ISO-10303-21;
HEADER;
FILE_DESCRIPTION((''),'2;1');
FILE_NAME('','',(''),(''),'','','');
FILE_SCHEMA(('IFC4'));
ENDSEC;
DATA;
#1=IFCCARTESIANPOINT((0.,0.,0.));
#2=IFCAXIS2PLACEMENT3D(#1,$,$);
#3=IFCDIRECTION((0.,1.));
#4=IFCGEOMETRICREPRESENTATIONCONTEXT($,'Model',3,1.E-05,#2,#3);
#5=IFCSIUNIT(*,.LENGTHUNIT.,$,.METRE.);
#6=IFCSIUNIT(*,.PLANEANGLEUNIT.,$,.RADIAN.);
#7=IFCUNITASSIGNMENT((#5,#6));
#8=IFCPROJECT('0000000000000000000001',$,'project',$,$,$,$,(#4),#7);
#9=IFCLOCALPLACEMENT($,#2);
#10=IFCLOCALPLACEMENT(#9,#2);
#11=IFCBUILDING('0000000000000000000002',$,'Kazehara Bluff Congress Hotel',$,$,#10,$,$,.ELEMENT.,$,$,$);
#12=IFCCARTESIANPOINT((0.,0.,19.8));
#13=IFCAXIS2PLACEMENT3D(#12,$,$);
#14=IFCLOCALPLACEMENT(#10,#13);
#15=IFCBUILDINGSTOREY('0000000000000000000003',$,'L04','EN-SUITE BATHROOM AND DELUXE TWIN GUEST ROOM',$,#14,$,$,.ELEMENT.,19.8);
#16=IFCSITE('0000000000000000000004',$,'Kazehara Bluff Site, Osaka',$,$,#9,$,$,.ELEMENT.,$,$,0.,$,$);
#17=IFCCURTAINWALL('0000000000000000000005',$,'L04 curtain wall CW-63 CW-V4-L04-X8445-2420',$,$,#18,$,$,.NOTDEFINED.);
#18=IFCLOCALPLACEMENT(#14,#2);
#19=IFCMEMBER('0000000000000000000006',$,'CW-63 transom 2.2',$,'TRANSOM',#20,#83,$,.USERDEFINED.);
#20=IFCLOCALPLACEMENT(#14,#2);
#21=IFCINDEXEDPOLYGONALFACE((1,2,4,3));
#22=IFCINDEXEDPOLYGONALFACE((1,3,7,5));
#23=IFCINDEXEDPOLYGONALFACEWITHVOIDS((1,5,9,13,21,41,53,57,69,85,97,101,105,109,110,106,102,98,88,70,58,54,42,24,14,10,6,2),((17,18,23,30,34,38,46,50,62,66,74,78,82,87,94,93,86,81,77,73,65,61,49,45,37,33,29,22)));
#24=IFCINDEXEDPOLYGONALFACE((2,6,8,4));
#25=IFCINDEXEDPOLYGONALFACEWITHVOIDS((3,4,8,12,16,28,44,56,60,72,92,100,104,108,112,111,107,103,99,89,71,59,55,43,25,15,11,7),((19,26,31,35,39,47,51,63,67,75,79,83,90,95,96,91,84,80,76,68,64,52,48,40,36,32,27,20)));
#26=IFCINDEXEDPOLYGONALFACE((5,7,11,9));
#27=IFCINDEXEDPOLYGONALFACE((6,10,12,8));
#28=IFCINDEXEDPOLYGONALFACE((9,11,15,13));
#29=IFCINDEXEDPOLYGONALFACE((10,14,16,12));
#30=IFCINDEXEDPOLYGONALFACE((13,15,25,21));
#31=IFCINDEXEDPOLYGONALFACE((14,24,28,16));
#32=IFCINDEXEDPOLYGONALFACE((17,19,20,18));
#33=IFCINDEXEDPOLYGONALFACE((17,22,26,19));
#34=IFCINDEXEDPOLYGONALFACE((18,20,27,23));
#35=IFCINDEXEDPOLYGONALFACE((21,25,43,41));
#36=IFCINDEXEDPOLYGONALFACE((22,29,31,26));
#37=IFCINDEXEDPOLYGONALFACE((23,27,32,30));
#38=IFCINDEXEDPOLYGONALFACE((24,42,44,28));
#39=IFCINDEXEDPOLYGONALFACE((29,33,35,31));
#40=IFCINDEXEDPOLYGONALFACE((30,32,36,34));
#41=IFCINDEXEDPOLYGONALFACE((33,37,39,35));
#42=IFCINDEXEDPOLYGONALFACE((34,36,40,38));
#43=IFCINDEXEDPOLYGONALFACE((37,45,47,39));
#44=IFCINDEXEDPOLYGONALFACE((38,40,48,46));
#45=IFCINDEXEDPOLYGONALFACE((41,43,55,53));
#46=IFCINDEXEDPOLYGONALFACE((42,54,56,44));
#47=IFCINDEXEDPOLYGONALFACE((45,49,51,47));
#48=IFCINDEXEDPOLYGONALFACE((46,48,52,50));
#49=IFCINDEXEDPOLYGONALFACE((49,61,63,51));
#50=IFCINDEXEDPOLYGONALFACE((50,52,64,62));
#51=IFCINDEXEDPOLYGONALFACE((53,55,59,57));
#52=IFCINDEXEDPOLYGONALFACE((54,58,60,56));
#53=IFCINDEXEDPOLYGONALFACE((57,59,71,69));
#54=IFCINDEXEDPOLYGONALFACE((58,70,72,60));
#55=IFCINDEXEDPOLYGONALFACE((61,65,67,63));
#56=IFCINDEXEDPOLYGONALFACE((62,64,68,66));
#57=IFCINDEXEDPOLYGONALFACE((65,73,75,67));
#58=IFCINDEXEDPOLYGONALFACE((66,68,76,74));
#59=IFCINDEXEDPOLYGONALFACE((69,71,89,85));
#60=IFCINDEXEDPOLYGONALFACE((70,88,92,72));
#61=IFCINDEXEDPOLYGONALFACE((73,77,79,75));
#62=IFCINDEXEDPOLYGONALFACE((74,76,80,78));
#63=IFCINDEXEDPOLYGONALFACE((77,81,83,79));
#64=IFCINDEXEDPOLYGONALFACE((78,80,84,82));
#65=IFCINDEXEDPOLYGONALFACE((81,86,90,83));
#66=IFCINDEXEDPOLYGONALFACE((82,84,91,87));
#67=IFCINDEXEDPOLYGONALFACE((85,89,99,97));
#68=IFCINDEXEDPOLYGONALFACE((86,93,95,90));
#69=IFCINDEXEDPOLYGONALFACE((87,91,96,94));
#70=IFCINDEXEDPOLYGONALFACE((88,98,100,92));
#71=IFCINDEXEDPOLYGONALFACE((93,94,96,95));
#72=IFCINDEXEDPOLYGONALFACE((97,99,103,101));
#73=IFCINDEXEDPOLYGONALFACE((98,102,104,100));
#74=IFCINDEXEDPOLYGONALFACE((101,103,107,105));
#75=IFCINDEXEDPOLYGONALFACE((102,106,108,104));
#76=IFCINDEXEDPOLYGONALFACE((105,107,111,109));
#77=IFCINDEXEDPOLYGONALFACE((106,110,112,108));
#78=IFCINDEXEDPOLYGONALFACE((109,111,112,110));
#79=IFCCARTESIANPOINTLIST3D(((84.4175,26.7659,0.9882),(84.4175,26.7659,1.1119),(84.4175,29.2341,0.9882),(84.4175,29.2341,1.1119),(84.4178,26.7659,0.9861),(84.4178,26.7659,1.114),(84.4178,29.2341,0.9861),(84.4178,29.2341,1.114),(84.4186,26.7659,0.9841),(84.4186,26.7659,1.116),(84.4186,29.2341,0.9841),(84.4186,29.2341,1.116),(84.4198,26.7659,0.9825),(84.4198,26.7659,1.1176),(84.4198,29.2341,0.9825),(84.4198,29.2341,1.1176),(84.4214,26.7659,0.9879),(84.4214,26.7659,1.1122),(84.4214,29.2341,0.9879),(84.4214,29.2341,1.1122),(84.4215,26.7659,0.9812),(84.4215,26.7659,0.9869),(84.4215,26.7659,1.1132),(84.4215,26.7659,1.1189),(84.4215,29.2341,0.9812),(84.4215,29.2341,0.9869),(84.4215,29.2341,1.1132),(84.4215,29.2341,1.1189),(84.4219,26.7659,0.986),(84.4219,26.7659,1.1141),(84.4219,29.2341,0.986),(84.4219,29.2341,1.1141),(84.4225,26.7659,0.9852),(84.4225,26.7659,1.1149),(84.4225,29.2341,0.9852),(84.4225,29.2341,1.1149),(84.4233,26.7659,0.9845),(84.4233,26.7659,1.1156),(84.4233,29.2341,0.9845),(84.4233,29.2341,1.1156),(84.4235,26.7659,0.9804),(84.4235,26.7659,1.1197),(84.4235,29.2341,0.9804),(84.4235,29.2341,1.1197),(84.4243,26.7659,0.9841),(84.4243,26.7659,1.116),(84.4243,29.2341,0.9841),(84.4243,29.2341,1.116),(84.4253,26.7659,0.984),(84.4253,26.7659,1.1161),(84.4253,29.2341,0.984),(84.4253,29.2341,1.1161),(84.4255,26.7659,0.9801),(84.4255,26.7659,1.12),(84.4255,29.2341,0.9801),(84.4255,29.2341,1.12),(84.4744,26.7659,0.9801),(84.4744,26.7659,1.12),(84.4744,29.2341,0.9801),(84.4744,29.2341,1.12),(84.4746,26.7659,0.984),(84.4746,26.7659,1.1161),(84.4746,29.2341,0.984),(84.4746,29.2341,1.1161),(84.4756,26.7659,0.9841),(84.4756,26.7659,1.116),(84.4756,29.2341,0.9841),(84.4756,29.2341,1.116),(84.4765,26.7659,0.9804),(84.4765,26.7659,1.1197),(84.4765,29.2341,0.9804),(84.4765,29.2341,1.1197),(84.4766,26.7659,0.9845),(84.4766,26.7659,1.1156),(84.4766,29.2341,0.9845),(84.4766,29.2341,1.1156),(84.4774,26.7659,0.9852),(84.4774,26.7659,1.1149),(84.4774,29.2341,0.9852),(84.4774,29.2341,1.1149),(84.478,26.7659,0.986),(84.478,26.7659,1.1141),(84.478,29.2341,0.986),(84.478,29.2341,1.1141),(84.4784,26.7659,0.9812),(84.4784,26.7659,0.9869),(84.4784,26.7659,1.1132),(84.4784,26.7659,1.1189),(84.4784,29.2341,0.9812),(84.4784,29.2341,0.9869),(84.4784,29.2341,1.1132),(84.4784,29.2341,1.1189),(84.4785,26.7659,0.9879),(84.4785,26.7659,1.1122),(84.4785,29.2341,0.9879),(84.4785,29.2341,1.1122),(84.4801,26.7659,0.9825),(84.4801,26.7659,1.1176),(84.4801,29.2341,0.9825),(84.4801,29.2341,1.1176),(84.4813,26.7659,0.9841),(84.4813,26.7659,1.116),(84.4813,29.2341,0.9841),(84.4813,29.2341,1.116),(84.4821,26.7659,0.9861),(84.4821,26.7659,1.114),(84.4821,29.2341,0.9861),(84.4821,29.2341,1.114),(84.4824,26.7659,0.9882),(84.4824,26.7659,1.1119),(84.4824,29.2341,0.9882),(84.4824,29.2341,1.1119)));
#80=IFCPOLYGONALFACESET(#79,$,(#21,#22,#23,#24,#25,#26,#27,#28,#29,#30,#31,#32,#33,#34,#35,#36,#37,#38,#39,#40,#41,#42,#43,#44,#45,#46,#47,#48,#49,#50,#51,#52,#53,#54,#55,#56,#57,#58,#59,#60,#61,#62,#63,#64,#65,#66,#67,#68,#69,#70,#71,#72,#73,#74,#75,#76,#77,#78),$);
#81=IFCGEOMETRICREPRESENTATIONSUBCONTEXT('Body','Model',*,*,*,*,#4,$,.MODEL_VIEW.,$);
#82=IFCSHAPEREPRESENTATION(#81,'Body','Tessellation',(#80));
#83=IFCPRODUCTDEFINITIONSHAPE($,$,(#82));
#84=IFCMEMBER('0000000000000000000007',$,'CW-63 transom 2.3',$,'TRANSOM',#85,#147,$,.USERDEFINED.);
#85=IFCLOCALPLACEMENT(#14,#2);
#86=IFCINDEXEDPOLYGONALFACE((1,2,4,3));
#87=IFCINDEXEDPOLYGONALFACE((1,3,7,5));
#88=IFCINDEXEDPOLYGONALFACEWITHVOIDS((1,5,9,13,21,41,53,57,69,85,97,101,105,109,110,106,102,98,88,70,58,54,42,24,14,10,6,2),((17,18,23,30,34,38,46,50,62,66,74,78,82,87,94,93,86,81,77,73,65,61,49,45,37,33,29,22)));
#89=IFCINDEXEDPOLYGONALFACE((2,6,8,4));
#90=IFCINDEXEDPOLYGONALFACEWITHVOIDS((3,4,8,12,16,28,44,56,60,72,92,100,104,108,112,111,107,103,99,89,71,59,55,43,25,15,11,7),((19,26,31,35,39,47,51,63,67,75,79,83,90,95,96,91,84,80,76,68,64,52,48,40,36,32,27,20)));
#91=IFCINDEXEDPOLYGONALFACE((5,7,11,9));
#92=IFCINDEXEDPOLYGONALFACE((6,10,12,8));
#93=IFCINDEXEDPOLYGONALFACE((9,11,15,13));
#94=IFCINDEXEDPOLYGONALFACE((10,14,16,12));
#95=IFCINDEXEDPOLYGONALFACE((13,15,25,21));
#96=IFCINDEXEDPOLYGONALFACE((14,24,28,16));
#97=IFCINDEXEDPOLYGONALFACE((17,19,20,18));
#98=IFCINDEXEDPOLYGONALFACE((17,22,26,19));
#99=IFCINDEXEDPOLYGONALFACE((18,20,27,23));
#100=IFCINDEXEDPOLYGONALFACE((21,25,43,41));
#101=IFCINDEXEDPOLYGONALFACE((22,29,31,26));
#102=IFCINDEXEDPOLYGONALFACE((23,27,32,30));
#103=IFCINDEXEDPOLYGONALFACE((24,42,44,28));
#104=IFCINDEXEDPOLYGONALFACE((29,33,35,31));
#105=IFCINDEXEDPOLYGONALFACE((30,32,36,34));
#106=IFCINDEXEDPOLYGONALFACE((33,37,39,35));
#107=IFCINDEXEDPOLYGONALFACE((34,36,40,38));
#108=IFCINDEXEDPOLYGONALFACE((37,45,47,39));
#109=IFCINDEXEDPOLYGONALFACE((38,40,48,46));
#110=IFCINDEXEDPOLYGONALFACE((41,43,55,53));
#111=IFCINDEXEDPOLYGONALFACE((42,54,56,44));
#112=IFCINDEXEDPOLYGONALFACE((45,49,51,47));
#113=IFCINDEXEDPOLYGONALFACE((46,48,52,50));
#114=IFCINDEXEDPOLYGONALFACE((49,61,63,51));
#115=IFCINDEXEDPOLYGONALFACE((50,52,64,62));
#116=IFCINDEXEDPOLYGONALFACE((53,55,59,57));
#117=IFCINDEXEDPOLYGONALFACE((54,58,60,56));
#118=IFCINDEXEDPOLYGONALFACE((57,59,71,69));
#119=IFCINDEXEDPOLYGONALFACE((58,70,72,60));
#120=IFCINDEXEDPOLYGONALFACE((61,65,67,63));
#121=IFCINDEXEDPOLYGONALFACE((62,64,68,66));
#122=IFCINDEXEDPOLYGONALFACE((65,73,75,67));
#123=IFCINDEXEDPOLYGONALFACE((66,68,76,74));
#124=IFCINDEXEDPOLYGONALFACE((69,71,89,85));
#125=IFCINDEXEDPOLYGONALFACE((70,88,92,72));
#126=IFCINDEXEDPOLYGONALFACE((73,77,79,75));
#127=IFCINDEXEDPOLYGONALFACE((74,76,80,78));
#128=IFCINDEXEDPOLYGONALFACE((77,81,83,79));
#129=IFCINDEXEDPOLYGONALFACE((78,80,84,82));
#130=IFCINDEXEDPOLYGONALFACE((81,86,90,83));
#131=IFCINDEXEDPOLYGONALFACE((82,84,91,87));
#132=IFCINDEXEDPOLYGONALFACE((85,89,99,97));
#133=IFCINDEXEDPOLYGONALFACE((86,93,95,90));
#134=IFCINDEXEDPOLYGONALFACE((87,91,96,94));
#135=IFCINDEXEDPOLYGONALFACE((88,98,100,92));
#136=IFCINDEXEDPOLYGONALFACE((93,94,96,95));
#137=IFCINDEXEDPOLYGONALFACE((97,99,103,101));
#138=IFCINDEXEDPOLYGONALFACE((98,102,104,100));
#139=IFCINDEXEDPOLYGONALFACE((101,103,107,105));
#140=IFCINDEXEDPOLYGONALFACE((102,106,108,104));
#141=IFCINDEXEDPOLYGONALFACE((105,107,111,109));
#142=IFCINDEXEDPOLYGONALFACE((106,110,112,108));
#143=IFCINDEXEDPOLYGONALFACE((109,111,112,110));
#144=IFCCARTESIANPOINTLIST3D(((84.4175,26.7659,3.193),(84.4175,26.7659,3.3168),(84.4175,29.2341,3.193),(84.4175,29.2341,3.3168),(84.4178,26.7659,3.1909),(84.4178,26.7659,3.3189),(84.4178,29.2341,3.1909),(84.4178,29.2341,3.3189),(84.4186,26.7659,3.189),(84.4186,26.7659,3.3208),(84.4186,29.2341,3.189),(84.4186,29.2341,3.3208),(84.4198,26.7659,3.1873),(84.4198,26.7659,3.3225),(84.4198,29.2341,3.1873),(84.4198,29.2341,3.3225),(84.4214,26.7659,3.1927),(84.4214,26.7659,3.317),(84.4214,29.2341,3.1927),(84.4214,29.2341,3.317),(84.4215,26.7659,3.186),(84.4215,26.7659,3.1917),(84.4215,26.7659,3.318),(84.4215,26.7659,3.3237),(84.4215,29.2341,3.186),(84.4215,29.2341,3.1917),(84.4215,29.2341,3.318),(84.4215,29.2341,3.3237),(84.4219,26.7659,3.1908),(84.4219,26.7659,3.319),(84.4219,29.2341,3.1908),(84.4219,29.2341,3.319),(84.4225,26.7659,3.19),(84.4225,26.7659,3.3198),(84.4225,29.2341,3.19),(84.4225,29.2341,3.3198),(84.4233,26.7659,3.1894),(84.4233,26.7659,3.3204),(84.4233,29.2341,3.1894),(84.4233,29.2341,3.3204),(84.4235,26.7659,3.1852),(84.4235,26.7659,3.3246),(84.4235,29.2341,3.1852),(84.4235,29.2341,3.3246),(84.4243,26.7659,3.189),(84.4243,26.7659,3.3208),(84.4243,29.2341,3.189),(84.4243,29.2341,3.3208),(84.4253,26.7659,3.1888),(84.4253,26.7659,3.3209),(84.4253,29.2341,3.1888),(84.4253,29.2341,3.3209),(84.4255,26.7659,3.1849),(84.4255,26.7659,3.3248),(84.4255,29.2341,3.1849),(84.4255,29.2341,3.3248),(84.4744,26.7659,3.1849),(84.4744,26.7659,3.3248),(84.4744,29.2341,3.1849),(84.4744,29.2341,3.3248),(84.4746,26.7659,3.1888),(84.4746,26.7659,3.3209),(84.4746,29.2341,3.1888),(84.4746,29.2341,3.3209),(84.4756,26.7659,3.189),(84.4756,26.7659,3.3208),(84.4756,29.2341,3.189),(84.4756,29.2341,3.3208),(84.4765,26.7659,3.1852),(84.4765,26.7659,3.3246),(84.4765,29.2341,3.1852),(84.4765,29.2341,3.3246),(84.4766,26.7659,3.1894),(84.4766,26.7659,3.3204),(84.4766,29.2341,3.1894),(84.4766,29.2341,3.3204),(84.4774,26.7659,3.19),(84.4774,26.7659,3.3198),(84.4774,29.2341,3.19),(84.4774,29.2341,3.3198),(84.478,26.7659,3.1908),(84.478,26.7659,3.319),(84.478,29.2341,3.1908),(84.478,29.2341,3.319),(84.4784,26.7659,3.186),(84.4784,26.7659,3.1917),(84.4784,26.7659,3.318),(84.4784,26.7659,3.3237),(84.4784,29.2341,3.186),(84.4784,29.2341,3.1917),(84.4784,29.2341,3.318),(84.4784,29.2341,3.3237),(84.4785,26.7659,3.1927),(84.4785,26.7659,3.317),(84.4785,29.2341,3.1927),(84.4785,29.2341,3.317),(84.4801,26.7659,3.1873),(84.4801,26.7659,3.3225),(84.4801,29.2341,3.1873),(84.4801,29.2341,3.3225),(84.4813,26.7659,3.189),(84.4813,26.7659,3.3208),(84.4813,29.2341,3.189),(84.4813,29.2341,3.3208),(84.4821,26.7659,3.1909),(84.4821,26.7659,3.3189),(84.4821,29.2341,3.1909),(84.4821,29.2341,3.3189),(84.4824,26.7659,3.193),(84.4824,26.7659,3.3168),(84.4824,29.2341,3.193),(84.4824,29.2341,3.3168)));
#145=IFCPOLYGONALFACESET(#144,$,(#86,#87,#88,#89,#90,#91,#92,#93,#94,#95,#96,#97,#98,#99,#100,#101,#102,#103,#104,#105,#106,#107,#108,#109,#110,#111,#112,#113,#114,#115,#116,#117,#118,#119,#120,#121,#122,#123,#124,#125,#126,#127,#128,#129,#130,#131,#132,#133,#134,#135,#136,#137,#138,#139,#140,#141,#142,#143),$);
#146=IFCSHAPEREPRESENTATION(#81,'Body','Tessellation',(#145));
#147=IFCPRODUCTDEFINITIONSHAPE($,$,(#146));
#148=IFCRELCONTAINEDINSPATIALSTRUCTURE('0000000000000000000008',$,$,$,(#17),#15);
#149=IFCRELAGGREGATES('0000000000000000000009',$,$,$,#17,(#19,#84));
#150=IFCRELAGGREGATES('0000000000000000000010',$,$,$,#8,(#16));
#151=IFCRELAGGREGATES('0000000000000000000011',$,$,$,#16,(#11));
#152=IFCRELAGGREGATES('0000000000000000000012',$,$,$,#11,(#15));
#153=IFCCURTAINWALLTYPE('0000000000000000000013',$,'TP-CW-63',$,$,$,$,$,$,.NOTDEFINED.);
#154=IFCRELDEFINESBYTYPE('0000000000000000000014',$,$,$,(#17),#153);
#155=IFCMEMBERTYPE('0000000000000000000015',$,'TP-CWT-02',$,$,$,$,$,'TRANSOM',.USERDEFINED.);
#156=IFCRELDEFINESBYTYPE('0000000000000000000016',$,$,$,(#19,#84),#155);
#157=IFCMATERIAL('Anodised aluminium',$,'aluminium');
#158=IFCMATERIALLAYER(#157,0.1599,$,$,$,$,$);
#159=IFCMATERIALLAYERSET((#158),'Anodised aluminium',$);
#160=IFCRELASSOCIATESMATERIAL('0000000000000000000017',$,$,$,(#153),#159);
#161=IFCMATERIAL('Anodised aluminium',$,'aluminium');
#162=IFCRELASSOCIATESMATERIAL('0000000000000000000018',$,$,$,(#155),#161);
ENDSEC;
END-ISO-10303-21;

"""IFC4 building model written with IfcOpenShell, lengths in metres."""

from ifc_helpers import new_model, si_unit, direction, frame, origin, origin_2d, place, context, subcontext, project, spatial, hollow_rectangle, extrude, material, layer, layer_set, material_profile, profile_set, type_object, element, aggregate, save


model = new_model("IFC4")

# Units and contexts
model_context = context("Model", 3, precision=1e-05, world=origin(), true_north=direction((0.0, 1.0)))
body_context = subcontext(model_context, "Body", "Model", "MODEL_VIEW")
ifc_project = project(units=[si_unit("LENGTHUNIT", "METRE"), si_unit("PLANEANGLEUNIT", "RADIAN")], contexts=[model_context])

# Site, building, storey
site_placement = place(None, origin())
site = spatial("IfcSite", under=ifc_project, at=site_placement, Name="Kazehara Bluff Site, Osaka", CompositionType="ELEMENT", RefElevation=0.0)
building_placement = place(site_placement, origin())
building = spatial("IfcBuilding", under=site, at=building_placement, Name="Kazehara Bluff Congress Hotel", CompositionType="ELEMENT")
storey_placement = place(building_placement, frame((0.0, 0.0, 19.8)))
storey = spatial("IfcBuildingStorey", under=building, at=storey_placement, Name="L04", Description="EN-SUITE BATHROOM AND DELUXE TWIN GUEST ROOM", CompositionType="ELEMENT", Elevation=19.8)

# Curtain wall, members
ifc_material_1 = material(Name="Anodised aluminium", Category="aluminium")
ifc_layer_1 = layer(ifc_material_1, 0.1599)
ifc_layer_set_1 = layer_set([ifc_layer_1], Name="Anodised aluminium")
curtain_wall_type = type_object("IfcCurtainWallType", Name="TP-CW-63", PredefinedType="NOTDEFINED", material=ifc_layer_set_1)
curtain_wall_placement = place(storey_placement, origin())
curtain_wall = element("IfcCurtainWall", 1, at=curtain_wall_placement, inside=storey, type_object=curtain_wall_type, Name="L04 curtain wall CW-63 CW-V4-L04-X8445-2420", PredefinedType="NOTDEFINED")
ifc_material_2 = material(Name="Anodised aluminium", Category="aluminium")
ifc_material_profile_1 = material_profile(ifc_material_2, hollow_rectangle(XDim=0.0649, YDim=0.1399, WallThickness=0.0039, InnerFilletRadius=0.0039, OuterFilletRadius=0.0081, at=origin_2d()))
ifc_profile_set_1 = profile_set([ifc_material_profile_1], Name="Anodised aluminium")
member_type_1 = type_object("IfcMemberType", Name="TP-CWT-02", ElementType="TRANSOM", PredefinedType="USERDEFINED", material=ifc_profile_set_1)
member_1_placement = place(storey_placement, frame((84.45, 26.7659, 1.05), z_axis=(0.0, 1.0, 0.0), x_axis=(-1.0, 0.0, 0.0)))
member_1 = element("IfcMember", 2, at=member_1_placement, type_object=member_type_1, Name="CW-63 transom 2.2", ObjectType="TRANSOM", PredefinedType="USERDEFINED", context=body_context, shape_type="SweptSolid", body=[
    extrude(hollow_rectangle(XDim=0.0649, YDim=0.1399, WallThickness=0.0039, InnerFilletRadius=0.0039, OuterFilletRadius=0.0081, at=origin_2d()), origin(), (0.0, 0.0, 1.0), 2.4683),
])
member_2_placement = place(storey_placement, frame((84.45, 26.7659, 3.2549), z_axis=(0.0, 1.0, 0.0), x_axis=(-1.0, 0.0, 0.0)))
member_2 = element("IfcMember", 3, at=member_2_placement, type_object=member_type_1, Name="CW-63 transom 2.3", ObjectType="TRANSOM", PredefinedType="USERDEFINED", context=body_context, shape_type="SweptSolid", body=[
    extrude(hollow_rectangle(XDim=0.0649, YDim=0.1399, WallThickness=0.0039, InnerFilletRadius=0.0039, OuterFilletRadius=0.0081, at=origin_2d()), origin(), (0.0, 0.0, 1.0), 2.4683),
])

aggregate(curtain_wall, [member_1, member_2])

save(model, "model.ifc")
